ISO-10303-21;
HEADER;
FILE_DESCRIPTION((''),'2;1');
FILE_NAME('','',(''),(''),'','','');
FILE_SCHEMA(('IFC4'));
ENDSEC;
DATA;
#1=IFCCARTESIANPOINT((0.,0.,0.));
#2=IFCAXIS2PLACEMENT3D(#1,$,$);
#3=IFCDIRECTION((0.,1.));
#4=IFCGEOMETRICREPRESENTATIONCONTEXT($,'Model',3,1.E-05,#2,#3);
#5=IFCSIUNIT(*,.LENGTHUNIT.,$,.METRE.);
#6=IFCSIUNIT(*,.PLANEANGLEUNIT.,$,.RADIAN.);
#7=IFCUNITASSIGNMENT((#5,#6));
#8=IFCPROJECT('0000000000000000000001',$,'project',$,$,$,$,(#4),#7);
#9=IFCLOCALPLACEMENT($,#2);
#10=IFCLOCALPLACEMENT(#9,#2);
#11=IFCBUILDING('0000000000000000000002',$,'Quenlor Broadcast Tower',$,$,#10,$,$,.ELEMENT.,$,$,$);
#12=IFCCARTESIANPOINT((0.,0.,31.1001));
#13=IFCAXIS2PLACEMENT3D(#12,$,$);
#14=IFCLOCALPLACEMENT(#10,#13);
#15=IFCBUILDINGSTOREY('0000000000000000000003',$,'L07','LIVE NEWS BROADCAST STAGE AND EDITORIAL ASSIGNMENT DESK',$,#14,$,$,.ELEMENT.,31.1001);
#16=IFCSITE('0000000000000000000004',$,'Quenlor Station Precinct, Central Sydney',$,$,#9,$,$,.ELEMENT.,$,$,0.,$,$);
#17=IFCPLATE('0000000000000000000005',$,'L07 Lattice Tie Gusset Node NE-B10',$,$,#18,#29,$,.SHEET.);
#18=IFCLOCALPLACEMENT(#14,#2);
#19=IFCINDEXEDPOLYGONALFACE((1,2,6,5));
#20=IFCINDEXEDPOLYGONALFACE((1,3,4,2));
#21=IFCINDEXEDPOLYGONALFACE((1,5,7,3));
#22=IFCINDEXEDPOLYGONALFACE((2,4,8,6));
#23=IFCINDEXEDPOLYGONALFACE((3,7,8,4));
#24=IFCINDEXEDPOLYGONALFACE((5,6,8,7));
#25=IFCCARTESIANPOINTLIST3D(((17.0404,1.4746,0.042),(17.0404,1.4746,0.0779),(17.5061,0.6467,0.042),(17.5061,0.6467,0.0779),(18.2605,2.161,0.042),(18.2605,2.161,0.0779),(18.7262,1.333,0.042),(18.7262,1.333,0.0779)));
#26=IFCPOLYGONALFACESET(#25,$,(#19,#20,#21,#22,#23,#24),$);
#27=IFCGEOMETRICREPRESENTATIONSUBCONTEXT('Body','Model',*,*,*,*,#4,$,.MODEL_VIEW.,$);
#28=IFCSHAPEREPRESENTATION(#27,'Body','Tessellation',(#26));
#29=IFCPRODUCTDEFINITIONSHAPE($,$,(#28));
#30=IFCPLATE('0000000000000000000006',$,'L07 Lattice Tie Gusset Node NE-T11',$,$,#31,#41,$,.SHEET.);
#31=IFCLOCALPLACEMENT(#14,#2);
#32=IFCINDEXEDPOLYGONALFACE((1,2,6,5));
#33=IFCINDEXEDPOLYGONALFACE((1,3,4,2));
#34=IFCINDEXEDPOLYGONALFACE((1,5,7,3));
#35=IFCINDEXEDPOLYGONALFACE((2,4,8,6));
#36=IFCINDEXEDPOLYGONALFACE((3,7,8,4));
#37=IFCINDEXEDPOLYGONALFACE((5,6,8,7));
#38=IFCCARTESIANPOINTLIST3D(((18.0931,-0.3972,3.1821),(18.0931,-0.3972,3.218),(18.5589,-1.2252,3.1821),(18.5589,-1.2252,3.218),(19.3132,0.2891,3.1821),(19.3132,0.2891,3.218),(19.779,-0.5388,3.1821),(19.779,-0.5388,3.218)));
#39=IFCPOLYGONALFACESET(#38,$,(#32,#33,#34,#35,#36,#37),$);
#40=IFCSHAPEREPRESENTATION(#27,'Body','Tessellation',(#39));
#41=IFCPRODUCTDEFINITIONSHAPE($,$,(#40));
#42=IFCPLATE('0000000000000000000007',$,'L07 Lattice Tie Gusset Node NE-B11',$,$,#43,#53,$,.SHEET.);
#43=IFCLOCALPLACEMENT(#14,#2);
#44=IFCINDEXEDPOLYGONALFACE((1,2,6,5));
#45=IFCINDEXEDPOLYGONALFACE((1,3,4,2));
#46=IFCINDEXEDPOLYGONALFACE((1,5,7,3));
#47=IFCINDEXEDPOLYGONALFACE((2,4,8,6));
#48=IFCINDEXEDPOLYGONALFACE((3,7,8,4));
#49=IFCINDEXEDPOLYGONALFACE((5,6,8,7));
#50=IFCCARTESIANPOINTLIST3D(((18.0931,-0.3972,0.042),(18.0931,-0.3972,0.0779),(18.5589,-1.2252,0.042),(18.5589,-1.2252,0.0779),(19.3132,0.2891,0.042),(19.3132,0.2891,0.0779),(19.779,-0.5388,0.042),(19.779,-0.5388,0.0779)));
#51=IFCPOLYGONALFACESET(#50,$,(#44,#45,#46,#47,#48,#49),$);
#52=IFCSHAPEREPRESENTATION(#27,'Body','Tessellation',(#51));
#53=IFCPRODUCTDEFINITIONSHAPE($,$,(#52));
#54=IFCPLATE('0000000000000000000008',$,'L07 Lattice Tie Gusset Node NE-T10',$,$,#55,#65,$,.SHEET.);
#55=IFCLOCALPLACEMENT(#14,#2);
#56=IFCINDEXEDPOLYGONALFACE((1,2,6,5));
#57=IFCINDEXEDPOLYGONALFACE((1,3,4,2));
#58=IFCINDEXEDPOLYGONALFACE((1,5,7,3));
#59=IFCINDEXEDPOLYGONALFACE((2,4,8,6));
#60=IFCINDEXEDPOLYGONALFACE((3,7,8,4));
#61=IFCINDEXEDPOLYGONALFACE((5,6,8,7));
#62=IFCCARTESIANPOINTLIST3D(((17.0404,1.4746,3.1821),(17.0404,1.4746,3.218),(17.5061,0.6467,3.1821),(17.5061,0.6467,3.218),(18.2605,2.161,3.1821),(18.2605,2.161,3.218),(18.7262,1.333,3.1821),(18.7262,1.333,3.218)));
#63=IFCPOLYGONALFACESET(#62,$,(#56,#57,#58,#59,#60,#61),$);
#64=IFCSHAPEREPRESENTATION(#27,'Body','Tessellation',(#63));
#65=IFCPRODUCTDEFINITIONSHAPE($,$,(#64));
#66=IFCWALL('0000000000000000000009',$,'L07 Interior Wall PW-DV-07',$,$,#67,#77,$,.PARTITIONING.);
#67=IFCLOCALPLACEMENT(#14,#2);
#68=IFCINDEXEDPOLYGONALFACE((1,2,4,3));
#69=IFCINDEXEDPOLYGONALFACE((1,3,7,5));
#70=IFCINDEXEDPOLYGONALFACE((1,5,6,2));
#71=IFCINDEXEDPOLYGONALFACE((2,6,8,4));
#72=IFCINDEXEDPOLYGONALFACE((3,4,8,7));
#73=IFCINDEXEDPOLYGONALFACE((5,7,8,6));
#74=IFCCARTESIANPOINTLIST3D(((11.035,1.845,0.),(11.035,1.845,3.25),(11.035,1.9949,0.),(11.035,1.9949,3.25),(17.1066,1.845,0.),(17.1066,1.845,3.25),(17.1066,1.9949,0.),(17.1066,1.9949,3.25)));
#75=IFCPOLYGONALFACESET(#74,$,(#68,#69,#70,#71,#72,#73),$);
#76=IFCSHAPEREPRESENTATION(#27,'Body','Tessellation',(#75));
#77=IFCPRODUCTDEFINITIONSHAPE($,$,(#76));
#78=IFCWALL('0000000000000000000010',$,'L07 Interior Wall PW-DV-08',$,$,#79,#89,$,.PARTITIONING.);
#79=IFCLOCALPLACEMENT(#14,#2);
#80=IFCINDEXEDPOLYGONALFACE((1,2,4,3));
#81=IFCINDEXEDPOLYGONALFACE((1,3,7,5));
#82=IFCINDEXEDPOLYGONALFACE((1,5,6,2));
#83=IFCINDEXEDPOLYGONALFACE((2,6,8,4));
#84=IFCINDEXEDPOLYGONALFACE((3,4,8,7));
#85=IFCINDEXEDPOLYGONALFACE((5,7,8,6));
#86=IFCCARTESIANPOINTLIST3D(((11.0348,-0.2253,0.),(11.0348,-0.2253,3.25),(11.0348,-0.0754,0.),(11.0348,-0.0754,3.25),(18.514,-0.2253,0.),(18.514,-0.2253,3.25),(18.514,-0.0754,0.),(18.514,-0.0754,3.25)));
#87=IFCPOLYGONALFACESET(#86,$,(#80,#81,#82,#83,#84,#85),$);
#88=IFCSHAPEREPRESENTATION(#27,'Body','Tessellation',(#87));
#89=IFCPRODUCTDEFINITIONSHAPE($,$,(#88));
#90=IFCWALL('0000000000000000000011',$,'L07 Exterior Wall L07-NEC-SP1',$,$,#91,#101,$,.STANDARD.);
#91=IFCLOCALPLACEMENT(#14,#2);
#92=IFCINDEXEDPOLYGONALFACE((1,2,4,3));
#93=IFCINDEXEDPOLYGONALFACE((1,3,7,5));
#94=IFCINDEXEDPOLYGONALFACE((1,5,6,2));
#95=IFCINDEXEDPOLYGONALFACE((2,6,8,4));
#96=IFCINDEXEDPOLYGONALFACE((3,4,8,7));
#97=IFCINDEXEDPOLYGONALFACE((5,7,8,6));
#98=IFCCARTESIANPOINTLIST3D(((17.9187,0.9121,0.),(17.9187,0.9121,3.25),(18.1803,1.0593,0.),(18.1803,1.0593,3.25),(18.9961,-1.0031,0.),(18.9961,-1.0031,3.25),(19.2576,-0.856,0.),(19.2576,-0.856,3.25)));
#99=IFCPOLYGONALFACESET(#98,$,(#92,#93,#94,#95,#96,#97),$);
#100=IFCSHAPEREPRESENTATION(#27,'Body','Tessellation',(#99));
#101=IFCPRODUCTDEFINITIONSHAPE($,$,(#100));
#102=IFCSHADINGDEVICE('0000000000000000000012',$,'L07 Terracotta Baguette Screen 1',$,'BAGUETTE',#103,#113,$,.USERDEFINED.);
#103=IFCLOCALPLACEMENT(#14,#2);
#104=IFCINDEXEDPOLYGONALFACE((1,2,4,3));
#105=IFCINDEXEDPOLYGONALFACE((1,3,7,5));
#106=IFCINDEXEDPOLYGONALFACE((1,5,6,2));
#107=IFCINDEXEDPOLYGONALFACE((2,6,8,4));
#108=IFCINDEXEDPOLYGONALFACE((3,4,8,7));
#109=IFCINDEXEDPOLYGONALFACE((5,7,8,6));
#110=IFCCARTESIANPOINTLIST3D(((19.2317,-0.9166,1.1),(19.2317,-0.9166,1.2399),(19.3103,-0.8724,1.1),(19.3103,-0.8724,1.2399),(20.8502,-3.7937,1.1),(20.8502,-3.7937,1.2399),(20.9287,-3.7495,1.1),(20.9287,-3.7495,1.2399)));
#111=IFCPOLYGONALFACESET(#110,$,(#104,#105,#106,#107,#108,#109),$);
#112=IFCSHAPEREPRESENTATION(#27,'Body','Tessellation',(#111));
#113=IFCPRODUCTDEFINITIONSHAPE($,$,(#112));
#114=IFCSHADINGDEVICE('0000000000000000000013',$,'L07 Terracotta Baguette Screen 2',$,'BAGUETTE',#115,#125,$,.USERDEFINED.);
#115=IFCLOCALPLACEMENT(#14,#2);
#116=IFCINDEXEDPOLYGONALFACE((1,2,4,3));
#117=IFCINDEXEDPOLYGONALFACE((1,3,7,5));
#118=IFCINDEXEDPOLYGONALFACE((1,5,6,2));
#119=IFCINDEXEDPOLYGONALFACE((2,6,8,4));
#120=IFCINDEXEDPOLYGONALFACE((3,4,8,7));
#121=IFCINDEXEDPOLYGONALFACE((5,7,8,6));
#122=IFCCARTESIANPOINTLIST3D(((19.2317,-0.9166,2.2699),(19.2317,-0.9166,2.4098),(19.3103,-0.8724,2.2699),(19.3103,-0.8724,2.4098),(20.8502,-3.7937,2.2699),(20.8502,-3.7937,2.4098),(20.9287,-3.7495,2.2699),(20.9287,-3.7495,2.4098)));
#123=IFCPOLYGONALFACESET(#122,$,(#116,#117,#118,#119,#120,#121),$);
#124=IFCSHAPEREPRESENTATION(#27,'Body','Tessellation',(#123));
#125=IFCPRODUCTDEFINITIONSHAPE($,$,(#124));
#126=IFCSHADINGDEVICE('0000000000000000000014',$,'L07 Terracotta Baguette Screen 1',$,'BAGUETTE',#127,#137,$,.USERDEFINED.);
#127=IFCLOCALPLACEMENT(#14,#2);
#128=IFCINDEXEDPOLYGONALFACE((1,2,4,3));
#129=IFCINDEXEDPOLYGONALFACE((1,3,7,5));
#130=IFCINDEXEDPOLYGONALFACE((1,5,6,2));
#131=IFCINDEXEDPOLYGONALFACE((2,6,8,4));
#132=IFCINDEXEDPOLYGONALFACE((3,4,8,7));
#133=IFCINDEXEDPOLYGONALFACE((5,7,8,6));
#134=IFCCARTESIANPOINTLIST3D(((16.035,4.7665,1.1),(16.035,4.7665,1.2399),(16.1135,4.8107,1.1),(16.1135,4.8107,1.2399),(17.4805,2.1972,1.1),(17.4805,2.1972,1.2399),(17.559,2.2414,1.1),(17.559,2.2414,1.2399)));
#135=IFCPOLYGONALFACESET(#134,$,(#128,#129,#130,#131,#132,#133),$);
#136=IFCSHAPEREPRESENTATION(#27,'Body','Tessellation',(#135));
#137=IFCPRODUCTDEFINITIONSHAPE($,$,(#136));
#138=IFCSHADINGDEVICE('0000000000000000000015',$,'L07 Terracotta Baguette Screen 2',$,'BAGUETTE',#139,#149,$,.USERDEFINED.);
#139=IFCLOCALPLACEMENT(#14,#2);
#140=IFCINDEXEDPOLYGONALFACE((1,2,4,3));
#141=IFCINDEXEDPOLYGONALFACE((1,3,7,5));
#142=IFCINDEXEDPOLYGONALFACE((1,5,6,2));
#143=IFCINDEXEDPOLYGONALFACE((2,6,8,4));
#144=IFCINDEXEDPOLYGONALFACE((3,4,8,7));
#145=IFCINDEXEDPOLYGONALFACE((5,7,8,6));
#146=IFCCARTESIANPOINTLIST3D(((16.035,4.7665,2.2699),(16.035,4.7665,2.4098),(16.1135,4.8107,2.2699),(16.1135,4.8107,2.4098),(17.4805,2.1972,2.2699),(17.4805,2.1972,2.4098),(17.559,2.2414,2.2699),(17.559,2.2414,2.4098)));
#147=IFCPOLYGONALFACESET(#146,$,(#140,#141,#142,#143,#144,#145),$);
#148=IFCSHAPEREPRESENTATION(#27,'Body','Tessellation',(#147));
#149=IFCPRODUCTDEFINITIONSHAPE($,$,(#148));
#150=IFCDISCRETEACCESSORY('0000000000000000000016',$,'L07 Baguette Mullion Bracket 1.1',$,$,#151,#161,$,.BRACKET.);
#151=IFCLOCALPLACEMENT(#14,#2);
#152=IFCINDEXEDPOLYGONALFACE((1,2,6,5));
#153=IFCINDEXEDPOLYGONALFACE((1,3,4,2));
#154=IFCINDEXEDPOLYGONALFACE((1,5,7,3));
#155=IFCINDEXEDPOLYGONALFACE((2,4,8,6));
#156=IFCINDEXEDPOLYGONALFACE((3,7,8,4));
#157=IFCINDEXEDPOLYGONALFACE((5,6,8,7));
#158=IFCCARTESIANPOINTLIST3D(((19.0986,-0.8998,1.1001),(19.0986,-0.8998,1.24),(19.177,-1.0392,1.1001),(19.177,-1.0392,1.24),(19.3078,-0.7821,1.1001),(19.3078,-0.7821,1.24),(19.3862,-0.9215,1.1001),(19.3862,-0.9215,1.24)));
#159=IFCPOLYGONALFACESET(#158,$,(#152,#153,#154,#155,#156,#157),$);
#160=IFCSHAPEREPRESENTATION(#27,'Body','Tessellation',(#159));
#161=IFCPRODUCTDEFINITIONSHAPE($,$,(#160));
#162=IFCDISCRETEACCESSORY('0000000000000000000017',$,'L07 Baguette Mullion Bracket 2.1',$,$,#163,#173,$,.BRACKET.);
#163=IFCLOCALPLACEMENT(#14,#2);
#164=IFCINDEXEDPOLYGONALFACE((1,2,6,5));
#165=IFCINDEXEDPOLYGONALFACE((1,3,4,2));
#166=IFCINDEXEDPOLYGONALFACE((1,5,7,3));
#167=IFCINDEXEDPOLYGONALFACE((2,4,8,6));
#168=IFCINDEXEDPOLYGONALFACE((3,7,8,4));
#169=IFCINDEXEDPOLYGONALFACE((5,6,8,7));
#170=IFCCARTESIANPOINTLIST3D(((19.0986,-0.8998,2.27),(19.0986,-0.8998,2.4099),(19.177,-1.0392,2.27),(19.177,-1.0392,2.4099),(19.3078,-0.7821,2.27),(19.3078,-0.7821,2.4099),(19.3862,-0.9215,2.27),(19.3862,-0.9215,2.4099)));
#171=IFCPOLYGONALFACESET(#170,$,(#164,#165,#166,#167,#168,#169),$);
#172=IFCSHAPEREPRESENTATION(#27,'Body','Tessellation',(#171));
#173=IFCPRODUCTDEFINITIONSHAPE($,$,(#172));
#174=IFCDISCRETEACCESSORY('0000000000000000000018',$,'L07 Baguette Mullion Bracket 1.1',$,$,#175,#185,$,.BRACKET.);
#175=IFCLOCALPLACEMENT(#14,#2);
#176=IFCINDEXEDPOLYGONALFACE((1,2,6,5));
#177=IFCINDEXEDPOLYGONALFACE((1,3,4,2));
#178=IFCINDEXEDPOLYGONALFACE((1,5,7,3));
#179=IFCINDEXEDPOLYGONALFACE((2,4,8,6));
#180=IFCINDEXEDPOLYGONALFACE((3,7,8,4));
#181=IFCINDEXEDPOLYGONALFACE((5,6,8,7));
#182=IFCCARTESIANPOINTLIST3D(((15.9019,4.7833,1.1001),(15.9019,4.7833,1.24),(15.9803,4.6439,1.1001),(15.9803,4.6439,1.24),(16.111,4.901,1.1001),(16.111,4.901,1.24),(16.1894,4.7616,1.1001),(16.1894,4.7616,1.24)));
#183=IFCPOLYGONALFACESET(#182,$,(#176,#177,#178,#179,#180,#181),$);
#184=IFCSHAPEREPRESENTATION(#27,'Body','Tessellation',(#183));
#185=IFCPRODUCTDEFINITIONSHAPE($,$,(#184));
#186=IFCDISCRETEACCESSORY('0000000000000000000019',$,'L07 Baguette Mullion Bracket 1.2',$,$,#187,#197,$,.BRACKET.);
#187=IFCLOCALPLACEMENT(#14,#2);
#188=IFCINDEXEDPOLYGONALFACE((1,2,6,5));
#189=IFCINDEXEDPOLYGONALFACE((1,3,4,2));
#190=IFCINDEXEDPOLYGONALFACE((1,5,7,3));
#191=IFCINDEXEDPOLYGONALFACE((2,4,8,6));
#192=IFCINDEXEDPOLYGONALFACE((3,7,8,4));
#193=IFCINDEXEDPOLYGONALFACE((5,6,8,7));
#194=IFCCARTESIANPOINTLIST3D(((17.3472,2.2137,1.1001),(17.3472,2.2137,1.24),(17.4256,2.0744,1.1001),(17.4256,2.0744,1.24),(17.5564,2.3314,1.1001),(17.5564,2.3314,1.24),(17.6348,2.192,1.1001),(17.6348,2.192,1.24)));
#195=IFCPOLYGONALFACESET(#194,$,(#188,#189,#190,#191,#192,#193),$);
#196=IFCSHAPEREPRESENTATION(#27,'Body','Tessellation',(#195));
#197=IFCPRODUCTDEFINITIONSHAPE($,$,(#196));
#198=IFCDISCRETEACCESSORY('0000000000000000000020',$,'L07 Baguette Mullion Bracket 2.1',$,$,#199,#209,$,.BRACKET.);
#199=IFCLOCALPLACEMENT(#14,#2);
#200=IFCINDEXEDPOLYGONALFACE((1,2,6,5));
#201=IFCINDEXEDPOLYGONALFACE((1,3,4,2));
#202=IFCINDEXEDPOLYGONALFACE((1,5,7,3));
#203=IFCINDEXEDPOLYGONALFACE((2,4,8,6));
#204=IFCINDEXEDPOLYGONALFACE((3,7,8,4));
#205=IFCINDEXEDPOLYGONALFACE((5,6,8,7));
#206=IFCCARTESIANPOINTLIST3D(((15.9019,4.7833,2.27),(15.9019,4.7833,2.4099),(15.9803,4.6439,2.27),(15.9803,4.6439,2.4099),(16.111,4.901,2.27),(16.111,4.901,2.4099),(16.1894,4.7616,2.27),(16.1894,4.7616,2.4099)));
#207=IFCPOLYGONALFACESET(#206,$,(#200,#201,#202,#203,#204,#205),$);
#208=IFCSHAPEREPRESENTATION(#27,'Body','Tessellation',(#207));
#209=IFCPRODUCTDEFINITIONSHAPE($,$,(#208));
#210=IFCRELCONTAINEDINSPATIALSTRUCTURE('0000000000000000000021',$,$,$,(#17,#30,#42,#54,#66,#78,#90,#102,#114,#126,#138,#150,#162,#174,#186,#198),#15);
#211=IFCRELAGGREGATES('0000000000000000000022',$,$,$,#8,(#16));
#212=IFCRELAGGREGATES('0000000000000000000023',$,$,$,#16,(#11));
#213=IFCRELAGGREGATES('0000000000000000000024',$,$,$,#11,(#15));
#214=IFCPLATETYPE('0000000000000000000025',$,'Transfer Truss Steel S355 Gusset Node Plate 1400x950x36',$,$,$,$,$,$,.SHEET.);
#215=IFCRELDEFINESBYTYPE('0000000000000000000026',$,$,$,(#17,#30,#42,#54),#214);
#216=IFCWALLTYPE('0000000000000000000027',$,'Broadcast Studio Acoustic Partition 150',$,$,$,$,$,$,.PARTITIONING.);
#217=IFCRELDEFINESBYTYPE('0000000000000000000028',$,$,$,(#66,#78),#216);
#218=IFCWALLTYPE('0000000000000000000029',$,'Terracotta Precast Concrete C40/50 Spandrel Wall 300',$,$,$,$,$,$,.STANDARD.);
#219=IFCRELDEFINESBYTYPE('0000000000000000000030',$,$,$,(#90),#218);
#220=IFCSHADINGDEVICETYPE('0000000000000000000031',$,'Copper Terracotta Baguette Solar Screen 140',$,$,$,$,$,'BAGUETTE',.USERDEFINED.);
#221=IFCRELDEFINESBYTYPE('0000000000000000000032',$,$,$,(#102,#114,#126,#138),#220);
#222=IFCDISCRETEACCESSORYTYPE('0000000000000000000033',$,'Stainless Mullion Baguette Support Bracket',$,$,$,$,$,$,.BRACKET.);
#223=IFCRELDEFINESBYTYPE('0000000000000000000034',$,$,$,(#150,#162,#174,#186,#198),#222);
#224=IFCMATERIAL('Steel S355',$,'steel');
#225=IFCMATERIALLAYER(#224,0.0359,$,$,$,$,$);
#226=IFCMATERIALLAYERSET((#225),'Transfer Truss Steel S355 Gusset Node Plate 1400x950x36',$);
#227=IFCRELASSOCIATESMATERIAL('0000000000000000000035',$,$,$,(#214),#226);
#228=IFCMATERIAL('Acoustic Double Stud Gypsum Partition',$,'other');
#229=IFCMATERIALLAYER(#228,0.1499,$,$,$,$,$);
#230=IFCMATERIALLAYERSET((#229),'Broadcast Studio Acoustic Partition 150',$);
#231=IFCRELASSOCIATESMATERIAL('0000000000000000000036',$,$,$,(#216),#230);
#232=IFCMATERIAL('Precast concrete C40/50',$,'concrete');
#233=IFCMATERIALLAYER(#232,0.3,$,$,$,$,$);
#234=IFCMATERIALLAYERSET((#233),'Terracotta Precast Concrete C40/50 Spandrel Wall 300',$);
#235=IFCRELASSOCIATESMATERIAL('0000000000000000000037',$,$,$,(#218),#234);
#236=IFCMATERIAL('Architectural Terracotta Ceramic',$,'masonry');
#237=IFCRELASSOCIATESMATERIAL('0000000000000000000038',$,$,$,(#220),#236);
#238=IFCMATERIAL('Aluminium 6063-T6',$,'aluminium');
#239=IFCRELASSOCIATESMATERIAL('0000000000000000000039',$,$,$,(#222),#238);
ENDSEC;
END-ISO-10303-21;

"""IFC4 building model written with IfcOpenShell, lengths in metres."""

from ifc_helpers import new_model, si_unit, direction, frame, frame_2d, origin, origin_2d, place, context, subcontext, project, spatial, rectangle, extrude, material, layer, layer_set, material_profile, profile_set, type_object, element, save


model = new_model("IFC4")

# Units and contexts
model_context = context("Model", 3, precision=1e-05, world=origin(), true_north=direction((0.0, 1.0)))
body_context = subcontext(model_context, "Body", "Model", "MODEL_VIEW")
ifc_project = project(units=[si_unit("LENGTHUNIT", "METRE"), si_unit("PLANEANGLEUNIT", "RADIAN")], contexts=[model_context])

# Site, building, storey
site_placement = place(None, origin())
site = spatial("IfcSite", under=ifc_project, at=site_placement, Name="Quenlor Station Precinct, Central Sydney", CompositionType="ELEMENT", RefElevation=0.0)
building_placement = place(site_placement, origin())
building = spatial("IfcBuilding", under=site, at=building_placement, Name="Quenlor Broadcast Tower", CompositionType="ELEMENT")
storey_placement = place(building_placement, frame((0.0, 0.0, 31.1001)))
storey = spatial("IfcBuildingStorey", under=building, at=storey_placement, Name="L07", Description="LIVE NEWS BROADCAST STAGE AND EDITORIAL ASSIGNMENT DESK", CompositionType="ELEMENT", Elevation=31.1001)

# Plates
ifc_material_1 = material(Name="Steel S355", Category="steel")
ifc_layer_1 = layer(ifc_material_1, 0.0359)
ifc_layer_set_1 = layer_set([ifc_layer_1], Name="Transfer Truss Steel S355 Gusset Node Plate 1400x950x36")
plate_type_1 = type_object("IfcPlateType", Name="Transfer Truss Steel S355 Gusset Node Plate 1400x950x36", PredefinedType="SHEET", material=ifc_layer_set_1)
for number, where, z_axis, x_axis, name in (
    (1, (17.8833, 1.4038, 0.042), (0.0, 0.0, 1.0), (0.871556, 0.490295, 0.0), "L07 Lattice Tie Gusset Node NE-B10"),
    (2, (18.936, -0.468, 3.1821), (0.0, 0.0, 1.0), (0.871556, 0.490295, 0.0), "L07 Lattice Tie Gusset Node NE-T11"),
    (3, (18.936, -0.468, 0.042), (0.0, 0.0, 1.0), (0.871556, 0.490295, 0.0), "L07 Lattice Tie Gusset Node NE-B11"),
    (4, (17.8833, 1.4038, 3.1821), (0.0, 0.0, 1.0), (0.871556, 0.490295, 0.0), "L07 Lattice Tie Gusset Node NE-T10"),
):
    element("IfcPlate", number, at=place(storey_placement, frame(where, z_axis=z_axis, x_axis=x_axis)), inside=storey, type_object=plate_type_1, Name=name, PredefinedType="SHEET", context=body_context, shape_type="SweptSolid", body=[
        extrude(rectangle(XDim=1.3999, YDim=0.95, at=origin_2d()), origin(), (0.0, 0.0, 1.0), 0.0359),
    ])

# Walls
ifc_material_2 = material(Name="Acoustic Double Stud Gypsum Partition", Category="other")
ifc_layer_2 = layer(ifc_material_2, 0.1499)
ifc_layer_set_2 = layer_set([ifc_layer_2], Name="Broadcast Studio Acoustic Partition 150")
wall_type_1 = type_object("IfcWallType", Name="Broadcast Studio Acoustic Partition 150", PredefinedType="PARTITIONING", material=ifc_layer_set_2)
wall_1_placement = place(storey_placement, frame((17.1064, 1.9199, 0.0), z_axis=(0.0, 0.0, 1.0), x_axis=(-1.0, 0.0, 0.0)))
element("IfcWall", 5, at=wall_1_placement, inside=storey, type_object=wall_type_1, Name="L07 Interior Wall PW-DV-07", PredefinedType="PARTITIONING", context=body_context, shape_type="SweptSolid", body=[
    extrude(rectangle(XDim=6.0715, YDim=0.1499, at=frame_2d((3.0356, 0.0))), origin(), (0.0, 0.0, 1.0), 3.25),
])
wall_2_placement = place(storey_placement, frame((18.5142, -0.1504, 0.0), z_axis=(0.0, 0.0, 1.0), x_axis=(-1.0, 0.0, 0.0)))
element("IfcWall", 6, at=wall_2_placement, inside=storey, type_object=wall_type_1, Name="L07 Interior Wall PW-DV-08", PredefinedType="PARTITIONING", context=body_context, shape_type="SweptSolid", body=[
    extrude(rectangle(XDim=7.4792, YDim=0.1499, at=frame_2d((3.7397, 0.0))), origin(), (0.0, 0.0, 1.0), 3.25),
])
ifc_material_3 = material(Name="Precast concrete C40/50", Category="concrete")
ifc_layer_3 = layer(ifc_material_3, 0.3)
ifc_layer_set_3 = layer_set([ifc_layer_3], Name="Terracotta Precast Concrete C40/50 Spandrel Wall 300")
wall_type_2 = type_object("IfcWallType", Name="Terracotta Precast Concrete C40/50 Spandrel Wall 300", PredefinedType="STANDARD", material=ifc_layer_set_3)
wall_3_placement = place(storey_placement, frame((18.0496, 0.9856, 0.0), z_axis=(0.0, 0.0, 1.0), x_axis=(0.490277, -0.871567, 0.0)))
element("IfcWall", 7, at=wall_3_placement, inside=storey, type_object=wall_type_2, Name="L07 Exterior Wall L07-NEC-SP1", PredefinedType="STANDARD", context=body_context, shape_type="SweptSolid", body=[
    extrude(rectangle(XDim=2.1975, YDim=0.3, at=frame_2d((1.0986, 0.0))), origin(), (0.0, 0.0, 1.0), 3.25),
])

# Shading devices
ifc_material_4 = material(Name="Architectural Terracotta Ceramic", Category="masonry")
ifc_material_profile_1 = material_profile(ifc_material_4, rectangle(XDim=0.0901, YDim=0.1399, at=origin_2d()))
ifc_profile_set_1 = profile_set([ifc_material_profile_1], Name="Architectural Terracotta Ceramic BAG90x140")
shading_device_type = type_object("IfcShadingDeviceType", Name="Copper Terracotta Baguette Solar Screen 140", ElementType="BAGUETTE", PredefinedType="USERDEFINED", material=ifc_profile_set_1)
for number, where, z_axis, x_axis, name in (
    (8, (19.271, -0.8945, 1.1699), (0.490289, -0.87156, 0.0), (0.87156, 0.490289, 0.0), "L07 Terracotta Baguette Screen 1"),
    (9, (19.271, -0.8945, 2.3398), (0.490289, -0.87156, 0.0), (0.87156, 0.490289, 0.0), "L07 Terracotta Baguette Screen 2"),
):
    element("IfcShadingDevice", number, at=place(storey_placement, frame(where, z_axis=z_axis, x_axis=x_axis)), inside=storey, type_object=shading_device_type, Name=name, ObjectType="BAGUETTE", PredefinedType="USERDEFINED", context=body_context, shape_type="SweptSolid", body=[
        extrude(rectangle(XDim=0.0901, YDim=0.1399, at=origin_2d()), origin(), (0.0, 0.0, 1.0), 3.301),
    ])
for number, where, z_axis, x_axis, name in (
    (10, (16.0742, 4.7886, 1.1699), (0.49034, -0.871531, 0.0), (0.871531, 0.49034, 0.0), "L07 Terracotta Baguette Screen 1"),
    (11, (16.0742, 4.7886, 2.3398), (0.49034, -0.871531, 0.0), (0.871531, 0.49034, 0.0), "L07 Terracotta Baguette Screen 2"),
):
    element("IfcShadingDevice", number, at=place(storey_placement, frame(where, z_axis=z_axis, x_axis=x_axis)), inside=storey, type_object=shading_device_type, Name=name, ObjectType="BAGUETTE", PredefinedType="USERDEFINED", context=body_context, shape_type="SweptSolid", body=[
        extrude(rectangle(XDim=0.0901, YDim=0.1399, at=origin_2d()), origin(), (0.0, 0.0, 1.0), 2.948),
    ])

# Discrete accessories
ifc_material_5 = material(Name="Aluminium 6063-T6", Category="aluminium")
discrete_accessory_type = type_object("IfcDiscreteAccessoryType", Name="Stainless Mullion Baguette Support Bracket", PredefinedType="BRACKET", material=ifc_material_5)
for number, where, z_axis, x_axis, name in (
    (12, (19.2424, -0.9106, 1.1001), (0.0, 0.0, 1.0), (0.490257, -0.871578, 0.0), "L07 Baguette Mullion Bracket 1.1"),
    (13, (19.2424, -0.9106, 2.27), (0.0, 0.0, 1.0), (0.490257, -0.871578, 0.0), "L07 Baguette Mullion Bracket 2.1"),
    (14, (16.0457, 4.7725, 1.1001), (0.0, 0.0, 1.0), (0.490274, -0.871568, 0.0), "L07 Baguette Mullion Bracket 1.1"),
    (15, (17.491, 2.2029, 1.1001), (0.0, 0.0, 1.0), (0.490274, -0.871568, 0.0), "L07 Baguette Mullion Bracket 1.2"),
    (16, (16.0457, 4.7725, 2.27), (0.0, 0.0, 1.0), (0.490274, -0.871568, 0.0), "L07 Baguette Mullion Bracket 2.1"),
):
    element("IfcDiscreteAccessory", number, at=place(storey_placement, frame(where, z_axis=z_axis, x_axis=x_axis)), inside=storey, type_object=discrete_accessory_type, Name=name, PredefinedType="BRACKET", context=body_context, shape_type="SweptSolid", body=[
        extrude(rectangle(XDim=0.1599, YDim=0.24, at=origin_2d()), origin(), (0.0, 0.0, 1.0), 0.1399),
    ])

save(model, "model.ifc")
